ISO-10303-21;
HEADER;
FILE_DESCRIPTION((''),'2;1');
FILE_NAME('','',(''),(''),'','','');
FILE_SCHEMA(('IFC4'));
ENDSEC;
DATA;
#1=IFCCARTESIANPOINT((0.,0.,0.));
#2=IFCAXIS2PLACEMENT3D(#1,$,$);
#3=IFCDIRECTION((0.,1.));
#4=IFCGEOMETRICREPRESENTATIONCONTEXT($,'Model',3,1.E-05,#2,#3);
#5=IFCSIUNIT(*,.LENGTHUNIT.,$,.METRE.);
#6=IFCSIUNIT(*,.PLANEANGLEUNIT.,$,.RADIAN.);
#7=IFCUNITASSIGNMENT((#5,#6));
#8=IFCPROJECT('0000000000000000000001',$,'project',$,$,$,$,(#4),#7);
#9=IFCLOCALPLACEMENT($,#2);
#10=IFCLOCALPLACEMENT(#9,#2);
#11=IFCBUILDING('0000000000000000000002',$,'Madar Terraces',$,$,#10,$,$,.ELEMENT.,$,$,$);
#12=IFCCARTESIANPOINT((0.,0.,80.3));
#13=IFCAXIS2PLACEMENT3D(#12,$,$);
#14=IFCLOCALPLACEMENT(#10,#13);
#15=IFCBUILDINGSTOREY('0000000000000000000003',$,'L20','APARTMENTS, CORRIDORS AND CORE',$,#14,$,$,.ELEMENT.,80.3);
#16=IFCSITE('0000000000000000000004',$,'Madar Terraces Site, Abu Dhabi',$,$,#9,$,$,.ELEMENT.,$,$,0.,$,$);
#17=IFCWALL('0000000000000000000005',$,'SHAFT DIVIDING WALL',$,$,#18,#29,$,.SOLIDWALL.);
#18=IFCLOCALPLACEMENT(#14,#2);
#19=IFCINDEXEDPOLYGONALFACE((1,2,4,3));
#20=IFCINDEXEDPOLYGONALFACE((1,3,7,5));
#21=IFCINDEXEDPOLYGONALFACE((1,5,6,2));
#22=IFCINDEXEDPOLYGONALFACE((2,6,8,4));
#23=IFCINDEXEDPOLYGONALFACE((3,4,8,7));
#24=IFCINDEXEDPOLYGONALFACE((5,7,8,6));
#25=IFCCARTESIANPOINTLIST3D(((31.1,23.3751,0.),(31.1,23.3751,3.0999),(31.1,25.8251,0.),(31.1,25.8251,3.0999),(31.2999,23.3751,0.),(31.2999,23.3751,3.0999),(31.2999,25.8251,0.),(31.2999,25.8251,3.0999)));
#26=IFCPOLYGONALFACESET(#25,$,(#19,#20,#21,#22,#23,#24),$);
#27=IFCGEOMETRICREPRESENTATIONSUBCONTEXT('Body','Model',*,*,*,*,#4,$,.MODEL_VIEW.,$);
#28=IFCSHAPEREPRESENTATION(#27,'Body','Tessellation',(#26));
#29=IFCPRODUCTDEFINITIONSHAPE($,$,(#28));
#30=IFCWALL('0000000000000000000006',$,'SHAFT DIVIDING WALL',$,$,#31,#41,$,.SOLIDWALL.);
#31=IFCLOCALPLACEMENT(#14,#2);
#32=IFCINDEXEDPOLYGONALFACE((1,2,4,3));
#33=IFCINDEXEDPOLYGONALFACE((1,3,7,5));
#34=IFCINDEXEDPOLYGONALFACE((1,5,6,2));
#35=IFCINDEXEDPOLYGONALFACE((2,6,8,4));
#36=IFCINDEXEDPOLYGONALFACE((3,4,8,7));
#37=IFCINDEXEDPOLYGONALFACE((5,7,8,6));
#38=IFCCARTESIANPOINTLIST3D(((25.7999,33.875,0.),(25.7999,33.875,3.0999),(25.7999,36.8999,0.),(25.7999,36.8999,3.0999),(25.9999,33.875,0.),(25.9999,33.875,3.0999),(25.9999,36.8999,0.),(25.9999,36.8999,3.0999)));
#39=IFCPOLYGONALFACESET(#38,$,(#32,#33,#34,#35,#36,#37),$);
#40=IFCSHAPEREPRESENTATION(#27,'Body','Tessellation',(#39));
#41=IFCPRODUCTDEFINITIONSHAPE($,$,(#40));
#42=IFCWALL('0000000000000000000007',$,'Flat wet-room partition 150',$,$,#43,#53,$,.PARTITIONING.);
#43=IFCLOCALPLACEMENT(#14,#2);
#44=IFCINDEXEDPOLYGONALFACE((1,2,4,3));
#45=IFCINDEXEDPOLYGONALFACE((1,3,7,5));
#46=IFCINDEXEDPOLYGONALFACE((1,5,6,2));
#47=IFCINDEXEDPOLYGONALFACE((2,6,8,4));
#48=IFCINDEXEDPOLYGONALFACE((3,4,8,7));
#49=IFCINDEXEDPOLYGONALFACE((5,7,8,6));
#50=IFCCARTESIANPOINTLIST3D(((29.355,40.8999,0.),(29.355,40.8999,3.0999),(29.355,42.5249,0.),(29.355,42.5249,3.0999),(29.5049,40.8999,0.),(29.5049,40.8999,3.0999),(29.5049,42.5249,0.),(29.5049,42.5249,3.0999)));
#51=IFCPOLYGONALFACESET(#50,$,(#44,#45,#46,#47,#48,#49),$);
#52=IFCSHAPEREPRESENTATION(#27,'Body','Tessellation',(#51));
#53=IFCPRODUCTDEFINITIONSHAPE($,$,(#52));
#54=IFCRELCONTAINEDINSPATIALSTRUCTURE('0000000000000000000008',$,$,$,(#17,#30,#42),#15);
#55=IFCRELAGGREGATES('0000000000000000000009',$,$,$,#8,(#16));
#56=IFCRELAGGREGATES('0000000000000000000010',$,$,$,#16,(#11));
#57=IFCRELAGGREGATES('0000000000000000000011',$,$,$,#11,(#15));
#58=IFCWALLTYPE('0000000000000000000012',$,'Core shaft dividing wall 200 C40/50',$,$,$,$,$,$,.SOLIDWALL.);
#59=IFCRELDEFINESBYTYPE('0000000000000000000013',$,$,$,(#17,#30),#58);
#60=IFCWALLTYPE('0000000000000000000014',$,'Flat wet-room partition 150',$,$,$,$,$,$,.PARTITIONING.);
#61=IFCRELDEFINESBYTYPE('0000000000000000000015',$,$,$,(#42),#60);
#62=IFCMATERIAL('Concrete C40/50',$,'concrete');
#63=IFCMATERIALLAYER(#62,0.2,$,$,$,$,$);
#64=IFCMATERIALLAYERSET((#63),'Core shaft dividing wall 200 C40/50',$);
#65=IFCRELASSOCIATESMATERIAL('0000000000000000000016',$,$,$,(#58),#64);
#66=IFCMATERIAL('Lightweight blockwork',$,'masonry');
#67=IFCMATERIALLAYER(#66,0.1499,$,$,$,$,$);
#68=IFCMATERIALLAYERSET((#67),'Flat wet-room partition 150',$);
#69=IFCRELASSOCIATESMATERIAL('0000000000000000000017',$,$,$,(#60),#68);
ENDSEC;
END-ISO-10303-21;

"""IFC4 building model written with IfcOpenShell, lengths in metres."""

from ifc_helpers import new_model, si_unit, direction, frame, frame_2d, origin, place, context, subcontext, project, spatial, rectangle, extrude, material, layer, layer_set, type_object, element, save


model = new_model("IFC4")

# Units and contexts
model_context = context("Model", 3, precision=1e-05, world=origin(), true_north=direction((0.0, 1.0)))
body_context = subcontext(model_context, "Body", "Model", "MODEL_VIEW")
ifc_project = project(units=[si_unit("LENGTHUNIT", "METRE"), si_unit("PLANEANGLEUNIT", "RADIAN")], contexts=[model_context])

# Site, building, storey
site_placement = place(None, origin())
site = spatial("IfcSite", under=ifc_project, at=site_placement, Name="Madar Terraces Site, Abu Dhabi", CompositionType="ELEMENT", RefElevation=0.0)
building_placement = place(site_placement, origin())
building = spatial("IfcBuilding", under=site, at=building_placement, Name="Madar Terraces", CompositionType="ELEMENT")
storey_placement = place(building_placement, frame((0.0, 0.0, 80.3)))
storey = spatial("IfcBuildingStorey", under=building, at=storey_placement, Name="L20", Description="APARTMENTS, CORRIDORS AND CORE", CompositionType="ELEMENT", Elevation=80.3)

# Walls
ifc_material_1 = material(Name="Concrete C40/50", Category="concrete")
ifc_layer_1 = layer(ifc_material_1, 0.2)
ifc_layer_set_1 = layer_set([ifc_layer_1], Name="Core shaft dividing wall 200 C40/50")
wall_type_1 = type_object("IfcWallType", Name="Core shaft dividing wall 200 C40/50", PredefinedType="SOLIDWALL", material=ifc_layer_set_1)
for number, where, z_axis, x_axis, name in (
    (1, (31.2, 23.375, 0.0), (0.0, 0.0, 1.0), (0.0, 1.0, 0.0), "SHAFT DIVIDING WALL"),
):
    element("IfcWall", number, at=place(storey_placement, frame(where, z_axis=z_axis, x_axis=x_axis)), inside=storey, type_object=wall_type_1, Name=name, PredefinedType="SOLIDWALL", context=body_context, shape_type="SweptSolid", body=[
        extrude(rectangle(XDim=2.45, YDim=0.2, at=frame_2d((1.2251, 0.0))), origin(), (0.0, 0.0, 1.0), 3.0999),
    ])
wall_1_placement = place(storey_placement, frame((25.8999, 33.875, 0.0), z_axis=(0.0, 0.0, 1.0), x_axis=(0.0, 1.0, 0.0)))
element("IfcWall", 2, at=wall_1_placement, inside=storey, type_object=wall_type_1, Name="SHAFT DIVIDING WALL", PredefinedType="SOLIDWALL", context=body_context, shape_type="SweptSolid", body=[
    extrude(rectangle(XDim=3.0249, YDim=0.2, at=frame_2d((1.5125, 0.0))), origin(), (0.0, 0.0, 1.0), 3.0999),
])
ifc_material_2 = material(Name="Lightweight blockwork", Category="masonry")
ifc_layer_2 = layer(ifc_material_2, 0.1499)
ifc_layer_set_2 = layer_set([ifc_layer_2], Name="Flat wet-room partition 150")
wall_type_2 = type_object("IfcWallType", Name="Flat wet-room partition 150", PredefinedType="PARTITIONING", material=ifc_layer_set_2)
wall_2_placement = place(storey_placement, frame((29.4299, 40.8999, 0.0), z_axis=(0.0, 0.0, 1.0), x_axis=(0.0, 1.0, 0.0)))
element("IfcWall", 3, at=wall_2_placement, inside=storey, type_object=wall_type_2, Name="Flat wet-room partition 150", PredefinedType="PARTITIONING", context=body_context, shape_type="SweptSolid", body=[
    extrude(rectangle(XDim=1.625, YDim=0.1499, at=frame_2d((0.8125, 0.0))), origin(), (0.0, 0.0, 1.0), 3.0999),
])

save(model, "model.ifc")
